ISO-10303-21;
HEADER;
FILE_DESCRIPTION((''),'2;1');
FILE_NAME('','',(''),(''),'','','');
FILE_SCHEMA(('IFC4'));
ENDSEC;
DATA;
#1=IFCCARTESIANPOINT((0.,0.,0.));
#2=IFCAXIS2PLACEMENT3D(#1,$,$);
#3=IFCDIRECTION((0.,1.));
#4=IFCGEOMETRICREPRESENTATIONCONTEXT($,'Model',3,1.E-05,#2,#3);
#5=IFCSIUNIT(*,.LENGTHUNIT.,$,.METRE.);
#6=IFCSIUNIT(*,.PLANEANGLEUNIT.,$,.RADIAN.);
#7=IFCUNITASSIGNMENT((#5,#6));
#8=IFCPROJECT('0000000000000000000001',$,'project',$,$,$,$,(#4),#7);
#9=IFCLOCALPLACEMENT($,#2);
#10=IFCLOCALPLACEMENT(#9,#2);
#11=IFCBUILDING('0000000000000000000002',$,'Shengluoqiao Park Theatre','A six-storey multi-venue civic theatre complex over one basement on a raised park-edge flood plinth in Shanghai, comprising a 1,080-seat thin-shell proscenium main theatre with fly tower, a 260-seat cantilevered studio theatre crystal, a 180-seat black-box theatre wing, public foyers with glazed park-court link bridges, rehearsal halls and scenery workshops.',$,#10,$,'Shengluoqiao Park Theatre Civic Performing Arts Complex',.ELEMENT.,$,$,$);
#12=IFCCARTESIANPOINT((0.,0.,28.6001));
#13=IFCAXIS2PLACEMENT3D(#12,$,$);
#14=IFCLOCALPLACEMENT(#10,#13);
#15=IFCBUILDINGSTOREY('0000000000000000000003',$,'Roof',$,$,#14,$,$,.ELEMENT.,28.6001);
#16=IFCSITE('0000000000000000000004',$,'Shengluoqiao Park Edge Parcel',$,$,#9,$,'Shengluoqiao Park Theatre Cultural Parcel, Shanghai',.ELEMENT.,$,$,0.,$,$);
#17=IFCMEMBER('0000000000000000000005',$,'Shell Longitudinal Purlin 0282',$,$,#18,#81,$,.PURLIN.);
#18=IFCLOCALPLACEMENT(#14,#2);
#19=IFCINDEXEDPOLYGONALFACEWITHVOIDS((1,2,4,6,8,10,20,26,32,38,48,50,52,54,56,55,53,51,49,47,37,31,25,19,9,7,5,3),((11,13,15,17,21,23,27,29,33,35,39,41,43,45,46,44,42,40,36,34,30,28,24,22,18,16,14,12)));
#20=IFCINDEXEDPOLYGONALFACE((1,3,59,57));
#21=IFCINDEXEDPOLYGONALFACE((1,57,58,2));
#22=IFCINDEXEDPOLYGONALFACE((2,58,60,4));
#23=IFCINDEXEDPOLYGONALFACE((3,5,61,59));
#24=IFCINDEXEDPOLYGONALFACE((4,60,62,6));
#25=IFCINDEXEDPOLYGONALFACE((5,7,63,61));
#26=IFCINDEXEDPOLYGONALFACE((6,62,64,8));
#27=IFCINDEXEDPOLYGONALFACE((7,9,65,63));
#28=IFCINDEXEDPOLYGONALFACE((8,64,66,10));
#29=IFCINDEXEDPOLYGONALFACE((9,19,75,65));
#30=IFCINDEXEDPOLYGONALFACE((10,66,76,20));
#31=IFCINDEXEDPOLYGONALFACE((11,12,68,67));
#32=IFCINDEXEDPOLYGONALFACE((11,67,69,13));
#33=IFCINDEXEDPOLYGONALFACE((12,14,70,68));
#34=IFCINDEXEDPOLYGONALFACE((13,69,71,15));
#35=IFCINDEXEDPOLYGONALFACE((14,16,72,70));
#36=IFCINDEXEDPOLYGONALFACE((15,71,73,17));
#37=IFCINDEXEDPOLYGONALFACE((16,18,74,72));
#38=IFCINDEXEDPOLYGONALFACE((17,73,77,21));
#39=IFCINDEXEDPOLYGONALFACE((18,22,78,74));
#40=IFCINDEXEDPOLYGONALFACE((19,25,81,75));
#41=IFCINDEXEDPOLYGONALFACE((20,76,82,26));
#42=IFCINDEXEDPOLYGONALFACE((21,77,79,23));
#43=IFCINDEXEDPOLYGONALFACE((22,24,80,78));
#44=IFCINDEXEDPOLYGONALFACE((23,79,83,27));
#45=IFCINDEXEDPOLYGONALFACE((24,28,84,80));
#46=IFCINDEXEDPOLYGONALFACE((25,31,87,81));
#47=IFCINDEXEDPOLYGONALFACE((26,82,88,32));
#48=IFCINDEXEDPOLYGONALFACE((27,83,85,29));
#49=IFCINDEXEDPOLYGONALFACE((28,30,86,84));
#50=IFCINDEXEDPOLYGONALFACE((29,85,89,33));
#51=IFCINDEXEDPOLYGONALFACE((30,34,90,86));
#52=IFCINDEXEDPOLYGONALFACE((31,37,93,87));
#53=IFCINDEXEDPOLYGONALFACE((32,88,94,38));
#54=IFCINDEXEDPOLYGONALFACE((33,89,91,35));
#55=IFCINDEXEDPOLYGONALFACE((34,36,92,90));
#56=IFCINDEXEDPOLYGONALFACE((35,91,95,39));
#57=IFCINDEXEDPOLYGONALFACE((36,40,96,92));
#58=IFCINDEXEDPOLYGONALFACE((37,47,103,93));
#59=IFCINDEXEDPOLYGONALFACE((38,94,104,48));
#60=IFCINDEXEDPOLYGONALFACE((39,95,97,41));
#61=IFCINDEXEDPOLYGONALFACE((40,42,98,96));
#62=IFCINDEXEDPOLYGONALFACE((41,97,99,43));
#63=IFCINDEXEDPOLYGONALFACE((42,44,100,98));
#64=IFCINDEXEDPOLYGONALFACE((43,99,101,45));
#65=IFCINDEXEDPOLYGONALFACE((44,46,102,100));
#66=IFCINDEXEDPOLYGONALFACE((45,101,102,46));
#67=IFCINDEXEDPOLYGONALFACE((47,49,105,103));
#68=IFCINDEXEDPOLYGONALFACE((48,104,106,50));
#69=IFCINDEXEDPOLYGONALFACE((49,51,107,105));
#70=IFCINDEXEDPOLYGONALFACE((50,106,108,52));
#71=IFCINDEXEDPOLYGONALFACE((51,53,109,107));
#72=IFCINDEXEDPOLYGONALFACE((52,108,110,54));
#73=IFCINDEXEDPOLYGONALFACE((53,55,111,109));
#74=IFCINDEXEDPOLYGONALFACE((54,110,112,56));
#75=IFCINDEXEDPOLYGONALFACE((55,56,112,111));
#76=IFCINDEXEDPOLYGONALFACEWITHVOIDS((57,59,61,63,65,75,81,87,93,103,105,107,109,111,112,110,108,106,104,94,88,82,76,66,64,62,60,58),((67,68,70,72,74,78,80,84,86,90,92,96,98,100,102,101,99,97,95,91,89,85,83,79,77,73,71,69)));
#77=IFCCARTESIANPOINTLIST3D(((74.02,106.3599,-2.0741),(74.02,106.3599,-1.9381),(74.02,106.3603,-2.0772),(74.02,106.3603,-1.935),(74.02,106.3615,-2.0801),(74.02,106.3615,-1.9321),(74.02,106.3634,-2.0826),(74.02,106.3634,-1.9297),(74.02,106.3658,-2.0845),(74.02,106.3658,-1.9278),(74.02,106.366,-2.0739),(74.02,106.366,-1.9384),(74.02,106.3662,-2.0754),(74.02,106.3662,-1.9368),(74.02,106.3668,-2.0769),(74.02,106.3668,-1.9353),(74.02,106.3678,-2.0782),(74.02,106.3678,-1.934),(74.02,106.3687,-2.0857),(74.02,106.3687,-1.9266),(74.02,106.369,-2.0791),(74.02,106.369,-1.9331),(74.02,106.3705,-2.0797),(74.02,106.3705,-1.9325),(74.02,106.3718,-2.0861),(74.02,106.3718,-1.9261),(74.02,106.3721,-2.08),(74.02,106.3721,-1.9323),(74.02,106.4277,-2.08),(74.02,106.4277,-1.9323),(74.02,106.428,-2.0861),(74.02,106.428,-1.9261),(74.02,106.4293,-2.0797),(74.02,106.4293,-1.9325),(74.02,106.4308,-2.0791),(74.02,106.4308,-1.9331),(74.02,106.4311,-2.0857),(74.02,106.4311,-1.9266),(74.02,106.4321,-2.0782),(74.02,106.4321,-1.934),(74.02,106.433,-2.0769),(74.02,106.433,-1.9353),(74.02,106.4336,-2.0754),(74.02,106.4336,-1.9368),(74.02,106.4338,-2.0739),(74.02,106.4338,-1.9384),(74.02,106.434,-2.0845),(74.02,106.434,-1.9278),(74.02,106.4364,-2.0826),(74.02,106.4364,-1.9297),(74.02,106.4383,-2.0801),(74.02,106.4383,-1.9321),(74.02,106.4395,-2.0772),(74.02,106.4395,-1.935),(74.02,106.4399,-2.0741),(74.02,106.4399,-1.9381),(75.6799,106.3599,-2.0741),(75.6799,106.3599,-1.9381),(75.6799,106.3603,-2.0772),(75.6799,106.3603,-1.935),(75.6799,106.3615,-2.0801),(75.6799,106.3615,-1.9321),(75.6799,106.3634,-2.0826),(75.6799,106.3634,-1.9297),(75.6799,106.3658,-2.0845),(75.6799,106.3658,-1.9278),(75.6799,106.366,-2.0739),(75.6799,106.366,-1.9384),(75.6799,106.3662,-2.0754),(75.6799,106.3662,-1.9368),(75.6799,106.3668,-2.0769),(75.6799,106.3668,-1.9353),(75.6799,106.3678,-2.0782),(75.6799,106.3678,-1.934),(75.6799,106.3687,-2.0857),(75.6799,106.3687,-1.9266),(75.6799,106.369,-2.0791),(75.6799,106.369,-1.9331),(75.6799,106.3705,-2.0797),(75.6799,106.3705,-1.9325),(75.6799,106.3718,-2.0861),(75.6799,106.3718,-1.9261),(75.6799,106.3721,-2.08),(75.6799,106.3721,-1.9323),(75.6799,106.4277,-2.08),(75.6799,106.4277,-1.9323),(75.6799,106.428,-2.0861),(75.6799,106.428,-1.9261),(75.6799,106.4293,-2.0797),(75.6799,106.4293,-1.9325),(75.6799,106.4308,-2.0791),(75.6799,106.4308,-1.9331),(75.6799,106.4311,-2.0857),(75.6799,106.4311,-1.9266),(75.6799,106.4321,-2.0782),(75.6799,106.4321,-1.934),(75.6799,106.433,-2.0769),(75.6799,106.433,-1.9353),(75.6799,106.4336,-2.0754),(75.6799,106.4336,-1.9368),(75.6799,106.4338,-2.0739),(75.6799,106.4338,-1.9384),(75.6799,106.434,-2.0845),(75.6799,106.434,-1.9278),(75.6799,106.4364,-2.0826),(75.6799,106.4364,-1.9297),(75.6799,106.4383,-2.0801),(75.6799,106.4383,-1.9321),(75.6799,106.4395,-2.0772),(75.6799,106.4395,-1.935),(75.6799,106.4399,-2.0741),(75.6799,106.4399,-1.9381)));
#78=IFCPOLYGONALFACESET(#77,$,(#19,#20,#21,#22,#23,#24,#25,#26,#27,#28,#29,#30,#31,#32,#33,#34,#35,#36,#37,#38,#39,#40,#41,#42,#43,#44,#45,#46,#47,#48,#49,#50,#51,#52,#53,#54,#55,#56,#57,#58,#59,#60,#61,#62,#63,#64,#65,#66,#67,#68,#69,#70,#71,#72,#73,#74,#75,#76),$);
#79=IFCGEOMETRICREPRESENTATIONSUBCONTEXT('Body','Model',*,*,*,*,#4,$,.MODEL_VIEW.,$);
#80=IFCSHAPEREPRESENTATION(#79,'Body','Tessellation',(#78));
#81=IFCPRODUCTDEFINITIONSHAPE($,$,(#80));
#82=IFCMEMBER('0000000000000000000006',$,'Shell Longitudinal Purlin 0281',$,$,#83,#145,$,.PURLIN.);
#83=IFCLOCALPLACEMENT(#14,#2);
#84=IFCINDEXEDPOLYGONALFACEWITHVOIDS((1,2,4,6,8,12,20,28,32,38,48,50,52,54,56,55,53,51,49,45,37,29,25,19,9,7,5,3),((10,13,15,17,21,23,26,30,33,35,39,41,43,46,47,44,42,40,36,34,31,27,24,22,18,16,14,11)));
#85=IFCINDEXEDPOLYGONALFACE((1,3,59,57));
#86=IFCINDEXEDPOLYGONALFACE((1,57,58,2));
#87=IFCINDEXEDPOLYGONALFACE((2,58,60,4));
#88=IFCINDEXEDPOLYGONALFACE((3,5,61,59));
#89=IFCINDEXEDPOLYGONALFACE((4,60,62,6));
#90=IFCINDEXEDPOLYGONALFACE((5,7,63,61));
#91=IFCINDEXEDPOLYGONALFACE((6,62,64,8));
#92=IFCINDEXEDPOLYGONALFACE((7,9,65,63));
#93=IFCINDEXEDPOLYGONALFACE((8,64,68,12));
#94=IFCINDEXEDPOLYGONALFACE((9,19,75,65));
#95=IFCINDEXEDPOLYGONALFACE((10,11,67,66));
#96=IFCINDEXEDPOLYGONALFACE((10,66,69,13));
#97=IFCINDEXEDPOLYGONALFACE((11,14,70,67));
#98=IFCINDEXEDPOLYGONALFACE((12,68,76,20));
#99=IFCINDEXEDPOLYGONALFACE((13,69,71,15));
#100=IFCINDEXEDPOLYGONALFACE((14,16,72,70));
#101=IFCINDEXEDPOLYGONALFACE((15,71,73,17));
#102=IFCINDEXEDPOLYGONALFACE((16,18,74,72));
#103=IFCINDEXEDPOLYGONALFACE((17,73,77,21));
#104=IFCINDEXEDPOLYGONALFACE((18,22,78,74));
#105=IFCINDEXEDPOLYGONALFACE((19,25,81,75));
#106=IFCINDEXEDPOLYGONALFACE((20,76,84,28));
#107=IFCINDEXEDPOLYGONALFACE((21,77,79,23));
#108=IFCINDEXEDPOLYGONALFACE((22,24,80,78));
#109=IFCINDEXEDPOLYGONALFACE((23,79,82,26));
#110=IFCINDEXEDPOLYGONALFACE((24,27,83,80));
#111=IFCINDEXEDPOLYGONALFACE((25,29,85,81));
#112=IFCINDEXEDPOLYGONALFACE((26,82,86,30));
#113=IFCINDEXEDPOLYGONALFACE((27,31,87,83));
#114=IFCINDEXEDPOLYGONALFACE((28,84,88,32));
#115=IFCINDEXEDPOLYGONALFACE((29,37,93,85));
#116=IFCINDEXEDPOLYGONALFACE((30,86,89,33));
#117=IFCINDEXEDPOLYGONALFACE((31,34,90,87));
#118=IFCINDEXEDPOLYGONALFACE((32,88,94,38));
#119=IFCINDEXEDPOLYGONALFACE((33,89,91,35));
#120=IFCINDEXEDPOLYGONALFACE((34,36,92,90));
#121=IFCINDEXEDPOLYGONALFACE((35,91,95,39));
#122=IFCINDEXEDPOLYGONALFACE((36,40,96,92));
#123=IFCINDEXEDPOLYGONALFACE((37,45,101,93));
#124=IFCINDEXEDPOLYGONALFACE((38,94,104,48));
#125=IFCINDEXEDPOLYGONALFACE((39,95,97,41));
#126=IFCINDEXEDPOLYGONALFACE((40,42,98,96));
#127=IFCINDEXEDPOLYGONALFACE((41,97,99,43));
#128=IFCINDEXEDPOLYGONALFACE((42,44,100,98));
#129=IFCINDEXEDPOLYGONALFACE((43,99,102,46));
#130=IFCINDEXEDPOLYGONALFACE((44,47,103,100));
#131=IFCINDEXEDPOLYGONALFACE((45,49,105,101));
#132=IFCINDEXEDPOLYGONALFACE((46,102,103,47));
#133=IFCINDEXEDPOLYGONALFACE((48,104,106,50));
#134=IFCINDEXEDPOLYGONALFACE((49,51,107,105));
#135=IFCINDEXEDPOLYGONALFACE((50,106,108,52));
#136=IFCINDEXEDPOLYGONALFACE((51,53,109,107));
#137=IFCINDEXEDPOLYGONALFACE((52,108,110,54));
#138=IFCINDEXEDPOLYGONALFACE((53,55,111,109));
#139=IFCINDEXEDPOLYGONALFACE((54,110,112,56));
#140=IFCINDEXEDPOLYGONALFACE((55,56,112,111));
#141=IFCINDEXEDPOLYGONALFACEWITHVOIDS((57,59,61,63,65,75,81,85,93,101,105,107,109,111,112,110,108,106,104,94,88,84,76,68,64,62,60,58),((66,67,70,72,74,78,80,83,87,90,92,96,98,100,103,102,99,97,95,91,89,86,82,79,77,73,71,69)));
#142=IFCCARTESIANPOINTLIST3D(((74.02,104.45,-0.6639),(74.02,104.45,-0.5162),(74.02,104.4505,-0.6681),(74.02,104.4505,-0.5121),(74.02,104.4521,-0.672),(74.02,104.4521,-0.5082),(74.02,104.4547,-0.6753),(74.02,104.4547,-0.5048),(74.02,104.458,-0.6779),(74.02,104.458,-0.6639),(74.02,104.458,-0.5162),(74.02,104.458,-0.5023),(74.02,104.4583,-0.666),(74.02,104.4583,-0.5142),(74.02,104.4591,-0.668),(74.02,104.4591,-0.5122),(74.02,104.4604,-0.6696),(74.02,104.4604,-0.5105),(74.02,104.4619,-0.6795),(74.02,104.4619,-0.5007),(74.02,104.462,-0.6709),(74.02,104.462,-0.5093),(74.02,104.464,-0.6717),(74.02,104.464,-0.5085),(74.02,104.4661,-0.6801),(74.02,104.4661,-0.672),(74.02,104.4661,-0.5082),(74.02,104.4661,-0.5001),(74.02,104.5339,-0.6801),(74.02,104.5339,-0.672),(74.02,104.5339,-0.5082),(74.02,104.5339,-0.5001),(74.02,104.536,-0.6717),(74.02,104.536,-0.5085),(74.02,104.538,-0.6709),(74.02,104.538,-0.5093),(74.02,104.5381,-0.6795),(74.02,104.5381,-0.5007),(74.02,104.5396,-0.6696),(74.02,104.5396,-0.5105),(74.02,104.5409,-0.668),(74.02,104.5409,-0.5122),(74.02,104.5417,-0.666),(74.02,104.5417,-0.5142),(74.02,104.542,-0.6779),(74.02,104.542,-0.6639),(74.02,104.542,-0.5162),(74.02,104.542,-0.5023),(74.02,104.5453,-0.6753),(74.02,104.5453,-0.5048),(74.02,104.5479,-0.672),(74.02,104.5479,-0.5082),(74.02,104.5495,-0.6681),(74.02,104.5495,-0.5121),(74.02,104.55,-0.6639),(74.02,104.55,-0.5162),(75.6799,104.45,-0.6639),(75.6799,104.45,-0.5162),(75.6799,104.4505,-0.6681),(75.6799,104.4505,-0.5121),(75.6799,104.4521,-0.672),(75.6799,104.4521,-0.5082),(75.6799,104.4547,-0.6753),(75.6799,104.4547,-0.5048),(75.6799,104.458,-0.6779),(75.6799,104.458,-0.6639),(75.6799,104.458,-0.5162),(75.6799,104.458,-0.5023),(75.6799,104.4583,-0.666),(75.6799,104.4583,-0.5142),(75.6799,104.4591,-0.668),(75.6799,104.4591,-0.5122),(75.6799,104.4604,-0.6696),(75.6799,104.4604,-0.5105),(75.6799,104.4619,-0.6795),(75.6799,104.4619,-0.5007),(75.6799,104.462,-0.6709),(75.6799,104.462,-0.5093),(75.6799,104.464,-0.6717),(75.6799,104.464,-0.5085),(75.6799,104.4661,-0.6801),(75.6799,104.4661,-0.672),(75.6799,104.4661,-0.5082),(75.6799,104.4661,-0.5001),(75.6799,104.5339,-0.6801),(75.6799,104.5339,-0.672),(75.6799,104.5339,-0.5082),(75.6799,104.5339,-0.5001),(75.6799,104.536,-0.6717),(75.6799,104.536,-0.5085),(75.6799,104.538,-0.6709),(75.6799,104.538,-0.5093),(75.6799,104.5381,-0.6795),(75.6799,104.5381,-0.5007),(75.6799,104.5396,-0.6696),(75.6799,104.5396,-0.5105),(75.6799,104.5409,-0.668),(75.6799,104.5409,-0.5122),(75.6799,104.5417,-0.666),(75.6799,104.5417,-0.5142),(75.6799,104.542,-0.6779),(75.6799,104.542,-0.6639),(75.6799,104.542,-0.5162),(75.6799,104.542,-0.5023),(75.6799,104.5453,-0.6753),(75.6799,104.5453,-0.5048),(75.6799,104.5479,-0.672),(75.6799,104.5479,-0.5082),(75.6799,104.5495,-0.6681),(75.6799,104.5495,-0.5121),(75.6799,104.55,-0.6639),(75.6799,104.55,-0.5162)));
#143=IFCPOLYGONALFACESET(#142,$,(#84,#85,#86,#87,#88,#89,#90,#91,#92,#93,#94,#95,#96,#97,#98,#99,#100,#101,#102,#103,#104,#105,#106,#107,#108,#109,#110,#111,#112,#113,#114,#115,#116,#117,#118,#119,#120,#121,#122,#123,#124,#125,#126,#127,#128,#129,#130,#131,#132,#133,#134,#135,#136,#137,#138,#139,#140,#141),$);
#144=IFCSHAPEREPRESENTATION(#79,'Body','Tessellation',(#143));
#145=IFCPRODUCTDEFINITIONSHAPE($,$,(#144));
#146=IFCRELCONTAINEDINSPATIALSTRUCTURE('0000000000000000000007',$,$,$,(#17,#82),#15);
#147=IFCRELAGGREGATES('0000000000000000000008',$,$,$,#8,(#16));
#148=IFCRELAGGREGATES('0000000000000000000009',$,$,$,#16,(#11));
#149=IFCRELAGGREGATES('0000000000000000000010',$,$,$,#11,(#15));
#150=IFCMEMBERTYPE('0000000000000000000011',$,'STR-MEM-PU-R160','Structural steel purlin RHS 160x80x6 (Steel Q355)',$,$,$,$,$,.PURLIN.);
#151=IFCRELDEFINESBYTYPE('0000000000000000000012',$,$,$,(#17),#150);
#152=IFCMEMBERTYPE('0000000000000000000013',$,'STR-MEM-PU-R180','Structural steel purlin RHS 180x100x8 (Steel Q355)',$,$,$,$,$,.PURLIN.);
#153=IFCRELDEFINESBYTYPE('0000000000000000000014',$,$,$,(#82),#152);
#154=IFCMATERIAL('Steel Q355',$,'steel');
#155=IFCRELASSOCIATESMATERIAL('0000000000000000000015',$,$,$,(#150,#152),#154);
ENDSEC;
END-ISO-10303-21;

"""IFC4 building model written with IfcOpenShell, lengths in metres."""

from ifc_helpers import new_model, si_unit, direction, frame, origin, origin_2d, place, context, subcontext, project, spatial, hollow_rectangle, extrude, material, material_profile, profile_set, type_object, element, save


model = new_model("IFC4")

# Units and contexts
model_context = context("Model", 3, precision=1e-05, world=origin(), true_north=direction((0.0, 1.0)))
body_context = subcontext(model_context, "Body", "Model", "MODEL_VIEW")
ifc_project = project(units=[si_unit("LENGTHUNIT", "METRE"), si_unit("PLANEANGLEUNIT", "RADIAN")], contexts=[model_context])

# Site, building, storey
site_placement = place(None, origin())
site = spatial("IfcSite", under=ifc_project, at=site_placement, Name="Shengluoqiao Park Edge Parcel", LongName="Shengluoqiao Park Theatre Cultural Parcel, Shanghai", CompositionType="ELEMENT", RefElevation=0.0)
building_placement = place(site_placement, origin())
building = spatial("IfcBuilding", under=site, at=building_placement, Name="Shengluoqiao Park Theatre", Description="A six-storey multi-venue civic theatre complex over one basement on a raised park-edge flood plinth in Shanghai, comprising a 1,080-seat thin-shell proscenium main theatre with fly tower, a 260-seat cantilevered studio theatre crystal, a 180-seat black-box theatre wing, public foyers with glazed park-court link bridges, rehearsal halls and scenery workshops.", LongName="Shengluoqiao Park Theatre Civic Performing Arts Complex", CompositionType="ELEMENT")
storey_placement = place(building_placement, frame((0.0, 0.0, 28.6001)))
storey = spatial("IfcBuildingStorey", under=building, at=storey_placement, Name="Roof", CompositionType="ELEMENT", Elevation=28.6001)

# Shared definitions
ifc_material_1 = material(Name="Steel Q355", Category="steel")

# Members
ifc_material_profile_1 = material_profile(ifc_material_1, hollow_rectangle(XDim=0.0801, YDim=0.1599, WallThickness=0.0061, InnerFilletRadius=0.0061, OuterFilletRadius=0.012, at=origin_2d()), Name="RHS 160x80x6")
ifc_profile_set_1 = profile_set([ifc_material_profile_1], Name="Steel Q355")
member_type_1 = type_object("IfcMemberType", Name="STR-MEM-PU-R160", Description="Structural steel purlin RHS 160x80x6 (Steel Q355)", PredefinedType="PURLIN", material=ifc_profile_set_1)
member_1_placement = place(storey_placement, frame((74.02, 106.3999, -2.0061), z_axis=(1.0, 0.0, 0.0), x_axis=(0.0, 1.0, 0.0)))
element("IfcMember", 1, at=member_1_placement, inside=storey, type_object=member_type_1, Name="Shell Longitudinal Purlin 0282", PredefinedType="PURLIN", context=body_context, shape_type="SweptSolid", body=[
    extrude(hollow_rectangle(XDim=0.0801, YDim=0.1599, WallThickness=0.0061, InnerFilletRadius=0.0061, OuterFilletRadius=0.012, at=origin_2d()), origin(), (0.0, 0.0, 1.0), 1.6599),
])
ifc_material_profile_2 = material_profile(ifc_material_1, hollow_rectangle(XDim=0.1001, YDim=0.1799, WallThickness=0.0081, InnerFilletRadius=0.0081, OuterFilletRadius=0.0161, at=origin_2d()), Name="RHS 180x100x8")
ifc_profile_set_2 = profile_set([ifc_material_profile_2], Name="Steel Q355")
member_type_2 = type_object("IfcMemberType", Name="STR-MEM-PU-R180", Description="Structural steel purlin RHS 180x100x8 (Steel Q355)", PredefinedType="PURLIN", material=ifc_profile_set_2)
for number, where, z_axis, x_axis, name in (
    (2, (74.02, 104.5, -0.5901), (1.0, 0.0, 0.0), (0.0, 1.0, 0.0), "Shell Longitudinal Purlin 0281"),
):
    element("IfcMember", number, at=place(storey_placement, frame(where, z_axis=z_axis, x_axis=x_axis)), inside=storey, type_object=member_type_2, Name=name, PredefinedType="PURLIN", context=body_context, shape_type="SweptSolid", body=[
        extrude(hollow_rectangle(XDim=0.1001, YDim=0.1799, WallThickness=0.0081, InnerFilletRadius=0.0081, OuterFilletRadius=0.0161, at=origin_2d()), origin(), (0.0, 0.0, 1.0), 1.6599),
    ])

save(model, "model.ifc")
